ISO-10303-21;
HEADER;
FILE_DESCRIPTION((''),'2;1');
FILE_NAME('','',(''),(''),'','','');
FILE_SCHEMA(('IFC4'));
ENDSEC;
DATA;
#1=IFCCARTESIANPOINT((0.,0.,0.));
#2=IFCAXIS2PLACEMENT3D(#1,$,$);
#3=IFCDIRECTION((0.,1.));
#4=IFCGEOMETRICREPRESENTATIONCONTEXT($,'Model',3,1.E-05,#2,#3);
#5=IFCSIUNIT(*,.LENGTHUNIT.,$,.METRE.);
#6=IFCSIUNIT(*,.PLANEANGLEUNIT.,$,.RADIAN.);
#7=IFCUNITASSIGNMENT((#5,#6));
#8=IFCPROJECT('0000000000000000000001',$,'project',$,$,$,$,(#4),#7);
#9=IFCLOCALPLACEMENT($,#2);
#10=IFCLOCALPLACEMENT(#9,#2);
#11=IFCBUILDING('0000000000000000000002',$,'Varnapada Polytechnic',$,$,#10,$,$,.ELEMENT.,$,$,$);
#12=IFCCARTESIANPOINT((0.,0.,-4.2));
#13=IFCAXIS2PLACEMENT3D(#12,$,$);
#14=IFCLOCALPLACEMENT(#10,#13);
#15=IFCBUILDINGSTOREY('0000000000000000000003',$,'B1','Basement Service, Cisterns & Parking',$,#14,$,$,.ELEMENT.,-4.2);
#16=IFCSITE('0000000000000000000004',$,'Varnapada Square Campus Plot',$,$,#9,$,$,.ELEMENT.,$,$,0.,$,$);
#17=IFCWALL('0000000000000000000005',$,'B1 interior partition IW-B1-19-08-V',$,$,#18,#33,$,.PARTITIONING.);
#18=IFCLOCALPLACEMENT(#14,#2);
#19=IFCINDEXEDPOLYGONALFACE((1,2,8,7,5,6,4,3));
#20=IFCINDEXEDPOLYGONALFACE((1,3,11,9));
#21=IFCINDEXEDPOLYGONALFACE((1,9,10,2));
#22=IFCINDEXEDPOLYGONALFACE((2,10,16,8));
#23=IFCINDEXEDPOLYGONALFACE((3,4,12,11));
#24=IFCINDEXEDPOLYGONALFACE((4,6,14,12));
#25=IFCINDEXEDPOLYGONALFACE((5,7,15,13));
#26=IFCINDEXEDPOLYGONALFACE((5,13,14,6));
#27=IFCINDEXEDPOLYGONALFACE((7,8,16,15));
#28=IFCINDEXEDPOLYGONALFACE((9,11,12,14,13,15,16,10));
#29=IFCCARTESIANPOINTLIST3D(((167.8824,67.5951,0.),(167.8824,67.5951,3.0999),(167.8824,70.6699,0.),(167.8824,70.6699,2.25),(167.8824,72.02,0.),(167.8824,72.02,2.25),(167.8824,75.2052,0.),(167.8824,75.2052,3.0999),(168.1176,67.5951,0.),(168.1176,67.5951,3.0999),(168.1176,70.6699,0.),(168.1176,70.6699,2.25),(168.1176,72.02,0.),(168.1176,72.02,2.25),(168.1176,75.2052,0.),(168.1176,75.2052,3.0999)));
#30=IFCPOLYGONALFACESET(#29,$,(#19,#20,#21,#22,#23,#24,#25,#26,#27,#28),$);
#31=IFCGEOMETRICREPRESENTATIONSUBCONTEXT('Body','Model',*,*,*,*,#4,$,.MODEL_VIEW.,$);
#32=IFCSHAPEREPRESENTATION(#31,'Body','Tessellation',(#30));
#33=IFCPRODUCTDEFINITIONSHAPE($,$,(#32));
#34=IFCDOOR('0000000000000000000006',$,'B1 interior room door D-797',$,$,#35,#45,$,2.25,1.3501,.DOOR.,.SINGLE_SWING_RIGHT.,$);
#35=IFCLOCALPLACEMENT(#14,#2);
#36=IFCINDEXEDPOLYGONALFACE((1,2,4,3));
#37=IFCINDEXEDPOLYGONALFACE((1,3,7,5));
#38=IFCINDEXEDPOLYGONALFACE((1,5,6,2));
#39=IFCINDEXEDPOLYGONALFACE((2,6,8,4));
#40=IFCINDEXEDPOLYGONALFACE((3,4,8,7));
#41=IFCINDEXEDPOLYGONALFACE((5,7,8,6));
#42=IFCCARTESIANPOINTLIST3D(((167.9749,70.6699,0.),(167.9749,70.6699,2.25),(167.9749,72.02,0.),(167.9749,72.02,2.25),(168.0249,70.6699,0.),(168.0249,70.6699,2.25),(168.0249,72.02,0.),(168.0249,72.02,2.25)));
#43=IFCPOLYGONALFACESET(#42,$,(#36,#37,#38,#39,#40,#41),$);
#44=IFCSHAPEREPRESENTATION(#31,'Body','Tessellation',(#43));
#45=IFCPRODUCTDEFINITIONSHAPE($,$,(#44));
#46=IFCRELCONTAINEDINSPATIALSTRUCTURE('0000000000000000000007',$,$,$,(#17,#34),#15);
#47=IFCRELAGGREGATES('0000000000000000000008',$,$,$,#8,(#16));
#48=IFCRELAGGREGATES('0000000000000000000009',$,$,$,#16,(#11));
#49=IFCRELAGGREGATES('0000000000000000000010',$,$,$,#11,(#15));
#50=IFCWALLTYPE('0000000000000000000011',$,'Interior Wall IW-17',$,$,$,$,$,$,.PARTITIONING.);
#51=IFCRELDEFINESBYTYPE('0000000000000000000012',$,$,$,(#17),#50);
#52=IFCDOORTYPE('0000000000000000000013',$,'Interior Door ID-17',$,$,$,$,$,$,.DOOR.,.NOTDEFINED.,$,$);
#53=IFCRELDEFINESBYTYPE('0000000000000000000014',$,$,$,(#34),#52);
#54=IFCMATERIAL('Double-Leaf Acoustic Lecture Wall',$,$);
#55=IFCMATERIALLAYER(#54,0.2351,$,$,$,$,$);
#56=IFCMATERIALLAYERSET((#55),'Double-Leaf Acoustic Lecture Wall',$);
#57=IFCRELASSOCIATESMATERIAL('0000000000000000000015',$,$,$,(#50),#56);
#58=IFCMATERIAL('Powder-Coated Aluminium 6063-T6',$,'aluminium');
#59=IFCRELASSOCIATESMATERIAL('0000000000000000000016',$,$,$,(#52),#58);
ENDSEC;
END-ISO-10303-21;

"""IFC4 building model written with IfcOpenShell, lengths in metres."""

from ifc_helpers import new_model, si_unit, direction, frame, frame_2d, origin, place, context, subcontext, project, spatial, rectangle, extrude, material, layer, layer_set, type_object, element, fill, save


model = new_model("IFC4")

# Units and contexts
model_context = context("Model", 3, precision=1e-05, world=origin(), true_north=direction((0.0, 1.0)))
body_context = subcontext(model_context, "Body", "Model", "MODEL_VIEW")
ifc_project = project(units=[si_unit("LENGTHUNIT", "METRE"), si_unit("PLANEANGLEUNIT", "RADIAN")], contexts=[model_context])

# Site, building, storey
site_placement = place(None, origin())
site = spatial("IfcSite", under=ifc_project, at=site_placement, Name="Varnapada Square Campus Plot", CompositionType="ELEMENT", RefElevation=0.0)
building_placement = place(site_placement, origin())
building = spatial("IfcBuilding", under=site, at=building_placement, Name="Varnapada Polytechnic", CompositionType="ELEMENT")
storey_placement = place(building_placement, frame((0.0, 0.0, -4.2)))
storey = spatial("IfcBuildingStorey", under=building, at=storey_placement, Name="B1", Description="Basement Service, Cisterns & Parking", CompositionType="ELEMENT", Elevation=-4.2)

# Wall, opening, door
ifc_material_1 = material(Name="Double-Leaf Acoustic Lecture Wall")
ifc_layer_1 = layer(ifc_material_1, 0.2351)
ifc_layer_set_1 = layer_set([ifc_layer_1], Name="Double-Leaf Acoustic Lecture Wall")
wall_type_1 = type_object("IfcWallType", Name="Interior Wall IW-17", PredefinedType="PARTITIONING", material=ifc_layer_set_1)
ifc_material_2 = material(Name="Powder-Coated Aluminium 6063-T6", Category="aluminium")
wall_1_placement = place(storey_placement, frame((168.0, 67.595, 0.0), z_axis=(0.0, 0.0, 1.0), x_axis=(0.0, 1.0, 0.0)))
wall_1 = element("IfcWall", 1, at=wall_1_placement, inside=storey, type_object=wall_type_1, Name="B1 interior partition IW-B1-19-08-V", PredefinedType="PARTITIONING", context=body_context, shape_type="SweptSolid", body=[
    extrude(rectangle(XDim=7.6101, YDim=0.2351, at=frame_2d((3.8052, 0.0))), origin(), (0.0, 0.0, 1.0), 3.0999),
])
opening_1_placement = place(wall_1_placement, frame((3.075, 0.0, 0.0)))
opening_1 = element("IfcOpeningElement", 2, at=opening_1_placement, cuts=wall_1, PredefinedType="OPENING", context=body_context, shape_type="SweptSolid", body=[
    extrude(rectangle(XDim=1.3501, YDim=2.25, at=frame_2d((0.675, 1.125))), frame((0.0, 0.1274, 0.0), z_axis=(0.0, -1.0, 0.0), x_axis=(1.0, 0.0, 0.0)), (0.0, 0.0, 1.0), 0.2551),
])
door_type_1 = type_object("IfcDoorType", Name="Interior Door ID-17", OperationType="NOTDEFINED", PredefinedType="DOOR", material=ifc_material_2)
door_1_placement = place(opening_1_placement, frame((1.3501, 0.0, 0.0), z_axis=(0.0, 0.0, 1.0), x_axis=(-1.0, 0.0, 0.0)))
door_1 = element("IfcDoor", 3, at=door_1_placement, inside=storey, type_object=door_type_1, Name="B1 interior room door D-797", OperationType="SINGLE_SWING_RIGHT", OverallHeight=2.25, OverallWidth=1.3501, PredefinedType="DOOR", context=body_context, shape_type="SweptSolid", body=[
    extrude(rectangle(XDim=1.3501, YDim=2.25, at=frame_2d((0.675, 1.125))), frame((0.0, 0.0249, 0.0), z_axis=(0.0, -1.0, 0.0), x_axis=(1.0, 0.0, 0.0)), (0.0, 0.0, 1.0), 0.05),
])
fill(opening_1, door_1)

save(model, "model.ifc")
